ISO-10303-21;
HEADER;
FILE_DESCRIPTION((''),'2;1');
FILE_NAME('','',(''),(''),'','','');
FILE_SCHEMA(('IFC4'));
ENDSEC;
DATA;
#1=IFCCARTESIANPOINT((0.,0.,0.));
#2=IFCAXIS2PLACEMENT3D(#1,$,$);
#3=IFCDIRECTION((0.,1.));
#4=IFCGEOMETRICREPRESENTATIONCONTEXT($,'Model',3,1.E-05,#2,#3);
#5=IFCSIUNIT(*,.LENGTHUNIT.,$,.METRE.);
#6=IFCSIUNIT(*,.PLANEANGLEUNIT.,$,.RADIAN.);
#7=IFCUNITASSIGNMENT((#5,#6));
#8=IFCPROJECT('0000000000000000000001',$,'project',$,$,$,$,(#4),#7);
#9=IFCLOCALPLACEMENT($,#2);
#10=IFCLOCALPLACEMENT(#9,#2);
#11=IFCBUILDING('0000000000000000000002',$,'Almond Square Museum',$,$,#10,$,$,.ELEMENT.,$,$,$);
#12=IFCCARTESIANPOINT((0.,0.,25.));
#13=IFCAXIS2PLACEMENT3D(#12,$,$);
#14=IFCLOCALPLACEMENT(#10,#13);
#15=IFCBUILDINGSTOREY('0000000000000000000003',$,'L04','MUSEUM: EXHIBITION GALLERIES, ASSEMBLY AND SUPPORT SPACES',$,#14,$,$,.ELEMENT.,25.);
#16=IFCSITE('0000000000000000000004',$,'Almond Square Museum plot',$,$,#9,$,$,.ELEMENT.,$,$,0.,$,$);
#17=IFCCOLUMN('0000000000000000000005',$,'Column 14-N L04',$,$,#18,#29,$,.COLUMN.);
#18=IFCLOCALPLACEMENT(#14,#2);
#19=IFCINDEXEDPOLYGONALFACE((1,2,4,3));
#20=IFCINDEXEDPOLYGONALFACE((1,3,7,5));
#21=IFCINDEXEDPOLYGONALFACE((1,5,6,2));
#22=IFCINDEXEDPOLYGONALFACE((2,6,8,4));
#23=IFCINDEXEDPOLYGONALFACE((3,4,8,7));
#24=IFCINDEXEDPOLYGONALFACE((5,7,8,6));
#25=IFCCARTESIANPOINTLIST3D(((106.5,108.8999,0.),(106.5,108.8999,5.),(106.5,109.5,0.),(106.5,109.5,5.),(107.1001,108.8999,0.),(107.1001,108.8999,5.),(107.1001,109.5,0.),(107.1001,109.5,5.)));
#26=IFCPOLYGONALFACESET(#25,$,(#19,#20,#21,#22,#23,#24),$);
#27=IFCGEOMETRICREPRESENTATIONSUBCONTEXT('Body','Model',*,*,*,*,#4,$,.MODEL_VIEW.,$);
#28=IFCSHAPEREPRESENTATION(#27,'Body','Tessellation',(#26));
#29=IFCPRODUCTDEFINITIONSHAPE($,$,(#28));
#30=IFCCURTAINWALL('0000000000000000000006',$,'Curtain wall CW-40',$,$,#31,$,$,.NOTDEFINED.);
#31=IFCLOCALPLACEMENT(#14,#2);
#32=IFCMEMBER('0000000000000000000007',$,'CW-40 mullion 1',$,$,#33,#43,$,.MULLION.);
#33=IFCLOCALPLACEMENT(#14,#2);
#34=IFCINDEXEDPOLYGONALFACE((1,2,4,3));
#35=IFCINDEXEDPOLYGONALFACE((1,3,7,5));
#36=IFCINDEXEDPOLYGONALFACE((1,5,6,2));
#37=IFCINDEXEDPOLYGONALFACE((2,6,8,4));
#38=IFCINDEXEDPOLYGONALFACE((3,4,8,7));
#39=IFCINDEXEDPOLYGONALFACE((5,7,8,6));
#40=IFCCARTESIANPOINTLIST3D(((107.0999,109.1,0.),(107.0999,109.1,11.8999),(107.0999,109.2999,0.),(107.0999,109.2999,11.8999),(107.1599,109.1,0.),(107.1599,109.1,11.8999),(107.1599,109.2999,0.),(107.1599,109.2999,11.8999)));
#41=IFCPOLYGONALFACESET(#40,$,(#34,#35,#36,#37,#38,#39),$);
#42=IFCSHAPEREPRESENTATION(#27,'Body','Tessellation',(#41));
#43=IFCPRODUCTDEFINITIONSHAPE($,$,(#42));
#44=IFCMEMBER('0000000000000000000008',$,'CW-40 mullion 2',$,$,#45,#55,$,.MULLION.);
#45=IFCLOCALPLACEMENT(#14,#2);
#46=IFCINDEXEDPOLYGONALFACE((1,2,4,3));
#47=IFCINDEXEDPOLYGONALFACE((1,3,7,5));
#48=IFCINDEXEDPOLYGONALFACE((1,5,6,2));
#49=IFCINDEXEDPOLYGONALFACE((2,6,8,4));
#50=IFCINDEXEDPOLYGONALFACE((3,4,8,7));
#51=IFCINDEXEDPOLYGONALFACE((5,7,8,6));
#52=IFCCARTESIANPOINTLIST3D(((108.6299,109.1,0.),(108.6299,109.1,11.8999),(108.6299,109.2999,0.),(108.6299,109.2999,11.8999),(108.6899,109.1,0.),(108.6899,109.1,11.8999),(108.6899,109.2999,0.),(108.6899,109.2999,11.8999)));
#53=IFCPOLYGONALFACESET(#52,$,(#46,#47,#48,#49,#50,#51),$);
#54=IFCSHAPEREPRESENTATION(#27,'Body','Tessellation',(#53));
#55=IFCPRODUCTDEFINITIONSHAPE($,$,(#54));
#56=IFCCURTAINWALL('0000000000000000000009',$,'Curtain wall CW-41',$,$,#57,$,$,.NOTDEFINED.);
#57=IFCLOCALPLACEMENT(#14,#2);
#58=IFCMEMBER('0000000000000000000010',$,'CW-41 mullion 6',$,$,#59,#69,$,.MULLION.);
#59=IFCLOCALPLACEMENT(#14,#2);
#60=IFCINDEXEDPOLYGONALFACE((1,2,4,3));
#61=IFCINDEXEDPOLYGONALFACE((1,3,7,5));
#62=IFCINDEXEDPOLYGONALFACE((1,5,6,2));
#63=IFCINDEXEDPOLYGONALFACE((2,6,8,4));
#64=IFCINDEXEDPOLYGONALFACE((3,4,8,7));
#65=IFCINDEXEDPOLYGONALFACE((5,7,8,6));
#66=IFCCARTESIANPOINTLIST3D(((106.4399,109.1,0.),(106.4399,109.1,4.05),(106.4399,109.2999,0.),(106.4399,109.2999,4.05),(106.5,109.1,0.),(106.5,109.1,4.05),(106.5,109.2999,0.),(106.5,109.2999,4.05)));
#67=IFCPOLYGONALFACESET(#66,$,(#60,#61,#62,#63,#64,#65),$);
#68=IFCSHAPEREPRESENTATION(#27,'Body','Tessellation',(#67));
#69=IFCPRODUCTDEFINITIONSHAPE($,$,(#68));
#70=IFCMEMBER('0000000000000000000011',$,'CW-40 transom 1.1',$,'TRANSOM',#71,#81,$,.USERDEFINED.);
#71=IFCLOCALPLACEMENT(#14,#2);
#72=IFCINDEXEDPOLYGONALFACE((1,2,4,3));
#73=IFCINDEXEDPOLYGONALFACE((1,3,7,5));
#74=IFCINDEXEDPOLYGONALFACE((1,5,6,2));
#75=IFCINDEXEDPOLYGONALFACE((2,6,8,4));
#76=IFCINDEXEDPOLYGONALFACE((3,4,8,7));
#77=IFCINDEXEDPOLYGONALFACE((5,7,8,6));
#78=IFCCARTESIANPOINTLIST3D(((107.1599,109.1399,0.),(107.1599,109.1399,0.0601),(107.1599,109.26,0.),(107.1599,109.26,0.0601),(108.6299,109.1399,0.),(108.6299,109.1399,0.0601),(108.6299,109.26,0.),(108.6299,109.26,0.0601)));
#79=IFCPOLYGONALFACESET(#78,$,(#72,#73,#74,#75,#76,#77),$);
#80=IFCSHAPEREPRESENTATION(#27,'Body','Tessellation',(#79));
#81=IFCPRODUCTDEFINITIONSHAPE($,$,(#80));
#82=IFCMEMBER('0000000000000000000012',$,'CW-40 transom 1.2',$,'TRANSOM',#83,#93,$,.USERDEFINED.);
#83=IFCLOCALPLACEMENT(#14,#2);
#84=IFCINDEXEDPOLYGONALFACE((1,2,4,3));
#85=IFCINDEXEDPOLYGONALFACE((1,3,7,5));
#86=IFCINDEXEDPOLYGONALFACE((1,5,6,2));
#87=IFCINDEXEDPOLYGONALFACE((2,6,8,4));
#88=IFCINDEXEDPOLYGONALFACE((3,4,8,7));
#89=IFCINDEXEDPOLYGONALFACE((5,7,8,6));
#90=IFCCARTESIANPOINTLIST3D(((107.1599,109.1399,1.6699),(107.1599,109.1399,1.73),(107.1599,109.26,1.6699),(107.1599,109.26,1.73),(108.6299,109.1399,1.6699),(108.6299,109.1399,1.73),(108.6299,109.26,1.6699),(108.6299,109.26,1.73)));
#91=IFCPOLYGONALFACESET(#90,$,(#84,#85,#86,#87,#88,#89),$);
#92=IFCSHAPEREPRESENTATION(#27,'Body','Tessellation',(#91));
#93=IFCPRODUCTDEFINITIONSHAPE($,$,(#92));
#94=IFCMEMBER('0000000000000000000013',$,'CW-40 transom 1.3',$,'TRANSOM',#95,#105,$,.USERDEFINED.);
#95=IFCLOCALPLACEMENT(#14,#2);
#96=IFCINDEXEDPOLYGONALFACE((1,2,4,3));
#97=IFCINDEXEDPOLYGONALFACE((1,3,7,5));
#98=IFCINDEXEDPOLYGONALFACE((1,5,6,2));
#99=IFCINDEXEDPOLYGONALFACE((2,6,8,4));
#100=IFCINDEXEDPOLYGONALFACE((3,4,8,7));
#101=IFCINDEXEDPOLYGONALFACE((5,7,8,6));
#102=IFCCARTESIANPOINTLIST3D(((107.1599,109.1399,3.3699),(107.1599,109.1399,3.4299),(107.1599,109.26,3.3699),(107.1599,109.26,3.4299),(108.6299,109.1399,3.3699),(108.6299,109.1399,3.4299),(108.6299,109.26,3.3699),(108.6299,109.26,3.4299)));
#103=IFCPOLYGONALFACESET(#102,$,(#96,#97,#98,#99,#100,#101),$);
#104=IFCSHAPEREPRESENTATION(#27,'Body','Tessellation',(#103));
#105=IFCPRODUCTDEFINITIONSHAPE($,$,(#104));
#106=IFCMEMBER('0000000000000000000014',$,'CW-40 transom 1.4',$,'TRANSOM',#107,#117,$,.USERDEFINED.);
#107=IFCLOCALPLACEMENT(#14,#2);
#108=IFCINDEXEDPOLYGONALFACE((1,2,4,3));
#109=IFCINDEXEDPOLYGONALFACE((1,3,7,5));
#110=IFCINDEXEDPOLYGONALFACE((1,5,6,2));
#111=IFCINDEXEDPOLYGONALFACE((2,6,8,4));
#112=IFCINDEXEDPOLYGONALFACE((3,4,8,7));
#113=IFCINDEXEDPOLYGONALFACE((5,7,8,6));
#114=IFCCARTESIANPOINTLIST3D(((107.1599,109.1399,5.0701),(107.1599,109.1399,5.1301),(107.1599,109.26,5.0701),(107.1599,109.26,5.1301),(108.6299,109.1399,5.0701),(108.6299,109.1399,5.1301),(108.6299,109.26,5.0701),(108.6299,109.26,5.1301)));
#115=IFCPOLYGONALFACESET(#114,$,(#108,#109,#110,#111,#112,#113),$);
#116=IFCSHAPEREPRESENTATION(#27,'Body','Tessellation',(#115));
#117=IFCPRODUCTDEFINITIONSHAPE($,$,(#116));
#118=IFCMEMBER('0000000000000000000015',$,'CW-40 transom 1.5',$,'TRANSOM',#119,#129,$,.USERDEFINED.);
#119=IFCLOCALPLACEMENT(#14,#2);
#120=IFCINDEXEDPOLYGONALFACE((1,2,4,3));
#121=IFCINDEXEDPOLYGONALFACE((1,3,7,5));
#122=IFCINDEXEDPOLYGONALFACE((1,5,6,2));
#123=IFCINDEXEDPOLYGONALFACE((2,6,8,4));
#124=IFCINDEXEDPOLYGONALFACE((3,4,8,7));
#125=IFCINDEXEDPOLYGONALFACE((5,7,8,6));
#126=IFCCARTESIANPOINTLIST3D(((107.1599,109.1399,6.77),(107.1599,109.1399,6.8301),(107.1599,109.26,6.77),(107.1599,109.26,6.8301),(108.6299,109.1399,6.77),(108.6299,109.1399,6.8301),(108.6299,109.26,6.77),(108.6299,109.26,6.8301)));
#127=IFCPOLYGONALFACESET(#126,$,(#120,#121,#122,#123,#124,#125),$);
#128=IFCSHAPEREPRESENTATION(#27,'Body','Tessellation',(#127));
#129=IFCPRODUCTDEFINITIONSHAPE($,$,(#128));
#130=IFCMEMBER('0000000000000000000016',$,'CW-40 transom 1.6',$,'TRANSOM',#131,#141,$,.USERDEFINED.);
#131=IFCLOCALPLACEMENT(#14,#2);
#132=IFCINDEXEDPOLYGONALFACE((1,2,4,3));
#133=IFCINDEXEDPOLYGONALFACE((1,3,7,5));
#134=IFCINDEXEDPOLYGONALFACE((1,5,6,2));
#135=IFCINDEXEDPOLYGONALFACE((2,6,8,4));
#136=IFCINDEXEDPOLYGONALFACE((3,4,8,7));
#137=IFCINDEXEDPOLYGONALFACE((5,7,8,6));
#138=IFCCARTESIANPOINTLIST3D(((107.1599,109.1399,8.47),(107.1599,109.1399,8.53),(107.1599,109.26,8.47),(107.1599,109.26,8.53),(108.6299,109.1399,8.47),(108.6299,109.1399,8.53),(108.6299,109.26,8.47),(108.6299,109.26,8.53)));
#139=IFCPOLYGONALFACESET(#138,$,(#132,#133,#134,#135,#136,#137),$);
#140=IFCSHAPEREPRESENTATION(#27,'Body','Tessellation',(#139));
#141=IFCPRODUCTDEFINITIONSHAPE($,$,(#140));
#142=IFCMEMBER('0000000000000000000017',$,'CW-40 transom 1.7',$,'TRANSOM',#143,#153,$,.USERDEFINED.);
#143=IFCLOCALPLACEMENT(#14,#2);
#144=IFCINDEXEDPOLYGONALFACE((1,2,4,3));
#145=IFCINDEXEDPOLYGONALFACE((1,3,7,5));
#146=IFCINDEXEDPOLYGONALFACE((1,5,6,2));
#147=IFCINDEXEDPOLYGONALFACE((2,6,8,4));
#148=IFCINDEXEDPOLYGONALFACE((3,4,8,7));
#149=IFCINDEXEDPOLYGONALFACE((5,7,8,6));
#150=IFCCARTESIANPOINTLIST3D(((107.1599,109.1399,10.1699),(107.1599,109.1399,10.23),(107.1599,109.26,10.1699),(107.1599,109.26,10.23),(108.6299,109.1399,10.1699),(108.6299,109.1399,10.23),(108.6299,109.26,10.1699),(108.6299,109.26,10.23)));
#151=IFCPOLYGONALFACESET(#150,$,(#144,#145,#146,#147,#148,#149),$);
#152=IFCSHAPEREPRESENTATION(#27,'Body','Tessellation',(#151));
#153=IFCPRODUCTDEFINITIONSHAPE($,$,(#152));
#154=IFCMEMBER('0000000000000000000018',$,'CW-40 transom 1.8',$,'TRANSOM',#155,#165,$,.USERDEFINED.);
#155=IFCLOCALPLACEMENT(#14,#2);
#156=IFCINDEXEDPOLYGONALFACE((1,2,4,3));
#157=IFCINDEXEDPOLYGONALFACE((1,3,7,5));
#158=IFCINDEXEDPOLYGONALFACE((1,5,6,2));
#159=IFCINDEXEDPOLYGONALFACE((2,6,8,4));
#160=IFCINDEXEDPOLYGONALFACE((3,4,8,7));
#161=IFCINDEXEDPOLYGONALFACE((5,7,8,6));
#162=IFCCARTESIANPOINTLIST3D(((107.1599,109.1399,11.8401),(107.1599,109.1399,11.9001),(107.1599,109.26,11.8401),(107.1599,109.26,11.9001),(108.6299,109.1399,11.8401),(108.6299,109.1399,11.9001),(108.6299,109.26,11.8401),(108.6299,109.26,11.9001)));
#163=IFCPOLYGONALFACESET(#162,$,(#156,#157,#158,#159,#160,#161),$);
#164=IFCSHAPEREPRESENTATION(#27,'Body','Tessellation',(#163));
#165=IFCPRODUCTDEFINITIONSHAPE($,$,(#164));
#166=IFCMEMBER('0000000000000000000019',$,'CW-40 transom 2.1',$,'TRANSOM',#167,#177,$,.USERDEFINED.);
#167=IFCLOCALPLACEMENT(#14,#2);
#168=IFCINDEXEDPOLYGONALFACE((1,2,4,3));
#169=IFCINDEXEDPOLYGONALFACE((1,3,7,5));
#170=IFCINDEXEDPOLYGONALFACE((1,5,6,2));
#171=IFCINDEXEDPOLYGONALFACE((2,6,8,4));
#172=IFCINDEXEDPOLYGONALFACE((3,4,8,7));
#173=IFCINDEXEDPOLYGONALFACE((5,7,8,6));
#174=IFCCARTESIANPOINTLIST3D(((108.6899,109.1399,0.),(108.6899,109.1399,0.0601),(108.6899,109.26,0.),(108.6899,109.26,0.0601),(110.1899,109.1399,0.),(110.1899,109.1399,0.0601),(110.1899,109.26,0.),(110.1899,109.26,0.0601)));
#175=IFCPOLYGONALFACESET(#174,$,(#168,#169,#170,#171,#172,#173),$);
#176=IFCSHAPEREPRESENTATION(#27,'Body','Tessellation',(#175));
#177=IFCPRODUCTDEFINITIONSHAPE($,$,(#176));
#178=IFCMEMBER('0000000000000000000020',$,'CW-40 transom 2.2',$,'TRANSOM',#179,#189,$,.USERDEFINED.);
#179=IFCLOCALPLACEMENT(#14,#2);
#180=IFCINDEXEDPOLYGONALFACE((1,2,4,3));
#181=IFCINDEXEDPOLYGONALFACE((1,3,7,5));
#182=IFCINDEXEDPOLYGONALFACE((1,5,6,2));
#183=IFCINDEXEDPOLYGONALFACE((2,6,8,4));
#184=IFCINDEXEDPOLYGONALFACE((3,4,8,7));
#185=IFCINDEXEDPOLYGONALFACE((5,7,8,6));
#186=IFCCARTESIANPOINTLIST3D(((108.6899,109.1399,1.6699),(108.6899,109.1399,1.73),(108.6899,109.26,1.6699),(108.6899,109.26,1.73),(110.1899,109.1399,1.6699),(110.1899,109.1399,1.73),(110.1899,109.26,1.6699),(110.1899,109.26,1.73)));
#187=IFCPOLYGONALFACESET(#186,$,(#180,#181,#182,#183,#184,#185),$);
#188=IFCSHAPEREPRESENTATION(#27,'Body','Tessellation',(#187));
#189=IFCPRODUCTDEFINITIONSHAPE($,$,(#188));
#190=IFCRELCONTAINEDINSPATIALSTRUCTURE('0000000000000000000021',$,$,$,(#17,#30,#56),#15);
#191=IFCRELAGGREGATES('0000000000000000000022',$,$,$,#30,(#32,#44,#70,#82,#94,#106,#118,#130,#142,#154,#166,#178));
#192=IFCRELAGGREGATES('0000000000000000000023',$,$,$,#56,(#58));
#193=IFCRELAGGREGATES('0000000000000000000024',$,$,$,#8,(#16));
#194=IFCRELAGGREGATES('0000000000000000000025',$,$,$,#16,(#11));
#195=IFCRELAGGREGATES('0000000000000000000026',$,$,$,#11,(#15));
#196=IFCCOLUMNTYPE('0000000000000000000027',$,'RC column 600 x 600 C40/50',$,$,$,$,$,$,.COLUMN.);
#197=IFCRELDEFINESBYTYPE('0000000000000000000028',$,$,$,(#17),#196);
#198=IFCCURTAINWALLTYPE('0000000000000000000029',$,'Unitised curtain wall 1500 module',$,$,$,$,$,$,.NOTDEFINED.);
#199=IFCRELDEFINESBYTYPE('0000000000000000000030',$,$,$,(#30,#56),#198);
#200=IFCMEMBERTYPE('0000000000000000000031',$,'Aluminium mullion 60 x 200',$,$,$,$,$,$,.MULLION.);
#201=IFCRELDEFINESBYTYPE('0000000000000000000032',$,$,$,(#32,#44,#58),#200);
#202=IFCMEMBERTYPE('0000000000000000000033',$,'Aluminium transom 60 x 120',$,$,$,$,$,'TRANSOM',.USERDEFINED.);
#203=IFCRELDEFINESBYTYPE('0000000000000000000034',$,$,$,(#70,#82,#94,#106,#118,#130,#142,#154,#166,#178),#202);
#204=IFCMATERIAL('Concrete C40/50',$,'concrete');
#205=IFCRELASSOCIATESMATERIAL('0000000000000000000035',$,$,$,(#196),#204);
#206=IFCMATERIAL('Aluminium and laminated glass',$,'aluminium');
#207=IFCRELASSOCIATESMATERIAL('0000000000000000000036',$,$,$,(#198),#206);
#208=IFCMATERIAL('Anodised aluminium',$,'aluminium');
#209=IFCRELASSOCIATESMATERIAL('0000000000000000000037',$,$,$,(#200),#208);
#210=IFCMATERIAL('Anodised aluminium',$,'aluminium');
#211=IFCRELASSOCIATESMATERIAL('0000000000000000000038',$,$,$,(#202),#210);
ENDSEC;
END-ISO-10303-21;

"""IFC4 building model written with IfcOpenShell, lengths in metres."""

from ifc_helpers import new_model, si_unit, direction, frame, origin, origin_2d, place, context, subcontext, project, spatial, rectangle, extrude, material, material_profile, profile_set, type_object, element, aggregate, save


model = new_model("IFC4")

# Units and contexts
model_context = context("Model", 3, precision=1e-05, world=origin(), true_north=direction((0.0, 1.0)))
body_context = subcontext(model_context, "Body", "Model", "MODEL_VIEW")
ifc_project = project(units=[si_unit("LENGTHUNIT", "METRE"), si_unit("PLANEANGLEUNIT", "RADIAN")], contexts=[model_context])

# Site, building, storey
site_placement = place(None, origin())
site = spatial("IfcSite", under=ifc_project, at=site_placement, Name="Almond Square Museum plot", CompositionType="ELEMENT", RefElevation=0.0)
building_placement = place(site_placement, origin())
building = spatial("IfcBuilding", under=site, at=building_placement, Name="Almond Square Museum", CompositionType="ELEMENT")
storey_placement = place(building_placement, frame((0.0, 0.0, 25.0)))
storey = spatial("IfcBuildingStorey", under=building, at=storey_placement, Name="L04", Description="MUSEUM: EXHIBITION GALLERIES, ASSEMBLY AND SUPPORT SPACES", CompositionType="ELEMENT", Elevation=25.0)

# Column
ifc_material_1 = material(Name="Concrete C40/50", Category="concrete")
ifc_material_profile_1 = material_profile(ifc_material_1, rectangle(XDim=0.6001, YDim=0.6001, at=origin_2d()))
ifc_profile_set_1 = profile_set([ifc_material_profile_1], Name="Concrete C40/50")
column_type = type_object("IfcColumnType", Name="RC column 600 x 600 C40/50", PredefinedType="COLUMN", material=ifc_profile_set_1)
column_placement = place(storey_placement, frame((106.8, 109.2, 0.0), z_axis=(0.0, 0.0, 1.0), x_axis=(1.0, 0.0, 0.0)))
element("IfcColumn", 1, at=column_placement, inside=storey, type_object=column_type, Name="Column 14-N L04", PredefinedType="COLUMN", context=body_context, shape_type="SweptSolid", body=[
    extrude(rectangle(XDim=0.6001, YDim=0.6001, at=origin_2d()), origin(), (0.0, 0.0, 1.0), 5.0),
])

# Curtain wall, members
ifc_material_2 = material(Name="Aluminium and laminated glass", Category="aluminium")
curtain_wall_type = type_object("IfcCurtainWallType", Name="Unitised curtain wall 1500 module", PredefinedType="NOTDEFINED", material=ifc_material_2)
curtain_wall_1_placement = place(storey_placement, origin())
curtain_wall_1 = element("IfcCurtainWall", 2, at=curtain_wall_1_placement, inside=storey, type_object=curtain_wall_type, Name="Curtain wall CW-40", PredefinedType="NOTDEFINED")
ifc_material_3 = material(Name="Anodised aluminium", Category="aluminium")
ifc_material_profile_2 = material_profile(ifc_material_3, rectangle(XDim=0.2, YDim=0.0601, at=origin_2d()))
ifc_profile_set_2 = profile_set([ifc_material_profile_2], Name="Anodised aluminium")
member_type_1 = type_object("IfcMemberType", Name="Aluminium mullion 60 x 200", PredefinedType="MULLION", material=ifc_profile_set_2)
member_1_placement = place(storey_placement, frame((107.1299, 109.2, 0.0), z_axis=(0.0, 0.0, 1.0), x_axis=(0.0, 1.0, 0.0)))
member_1 = element("IfcMember", 3, at=member_1_placement, type_object=member_type_1, Name="CW-40 mullion 1", PredefinedType="MULLION", context=body_context, shape_type="SweptSolid", body=[
    extrude(rectangle(XDim=0.2, YDim=0.0601, at=origin_2d()), origin(), (0.0, 0.0, 1.0), 11.8999),
])
member_2_placement = place(storey_placement, frame((108.6599, 109.2, 0.0), z_axis=(0.0, 0.0, 1.0), x_axis=(0.0, 1.0, 0.0)))
member_2 = element("IfcMember", 4, at=member_2_placement, type_object=member_type_1, Name="CW-40 mullion 2", PredefinedType="MULLION", context=body_context, shape_type="SweptSolid", body=[
    extrude(rectangle(XDim=0.2, YDim=0.0601, at=origin_2d()), origin(), (0.0, 0.0, 1.0), 11.8999),
])

# Curtain wall, member
curtain_wall_2_placement = place(storey_placement, origin())
curtain_wall_2 = element("IfcCurtainWall", 5, at=curtain_wall_2_placement, inside=storey, type_object=curtain_wall_type, Name="Curtain wall CW-41", PredefinedType="NOTDEFINED")
member_3_placement = place(storey_placement, frame((106.47, 109.2, 0.0), z_axis=(0.0, 0.0, 1.0), x_axis=(0.0, 1.0, 0.0)))
member_3 = element("IfcMember", 6, at=member_3_placement, type_object=member_type_1, Name="CW-41 mullion 6", PredefinedType="MULLION", context=body_context, shape_type="SweptSolid", body=[
    extrude(rectangle(XDim=0.2, YDim=0.0601, at=origin_2d()), origin(), (0.0, 0.0, 1.0), 4.05),
])

# Members
ifc_material_4 = material(Name="Anodised aluminium", Category="aluminium")
ifc_material_profile_3 = material_profile(ifc_material_4, rectangle(XDim=0.1201, YDim=0.0601, at=origin_2d()))
ifc_profile_set_3 = profile_set([ifc_material_profile_3], Name="Anodised aluminium")
member_type_2 = type_object("IfcMemberType", Name="Aluminium transom 60 x 120", ElementType="TRANSOM", PredefinedType="USERDEFINED", material=ifc_profile_set_3)
member_4_placement = place(storey_placement, frame((107.1599, 109.2, 0.03), z_axis=(1.0, 0.0, 0.0), x_axis=(0.0, 1.0, 0.0)))
member_4 = element("IfcMember", 7, at=member_4_placement, type_object=member_type_2, Name="CW-40 transom 1.1", ObjectType="TRANSOM", PredefinedType="USERDEFINED", context=body_context, shape_type="SweptSolid", body=[
    extrude(rectangle(XDim=0.1201, YDim=0.0601, at=origin_2d()), origin(), (0.0, 0.0, 1.0), 1.47),
])
member_5_placement = place(storey_placement, frame((107.1599, 109.2, 1.7), z_axis=(1.0, 0.0, 0.0), x_axis=(0.0, 1.0, 0.0)))
member_5 = element("IfcMember", 8, at=member_5_placement, type_object=member_type_2, Name="CW-40 transom 1.2", ObjectType="TRANSOM", PredefinedType="USERDEFINED", context=body_context, shape_type="SweptSolid", body=[
    extrude(rectangle(XDim=0.1201, YDim=0.0601, at=origin_2d()), origin(), (0.0, 0.0, 1.0), 1.47),
])
member_6_placement = place(storey_placement, frame((107.1599, 109.2, 3.3999), z_axis=(1.0, 0.0, 0.0), x_axis=(0.0, 1.0, 0.0)))
member_6 = element("IfcMember", 9, at=member_6_placement, type_object=member_type_2, Name="CW-40 transom 1.3", ObjectType="TRANSOM", PredefinedType="USERDEFINED", context=body_context, shape_type="SweptSolid", body=[
    extrude(rectangle(XDim=0.1201, YDim=0.0601, at=origin_2d()), origin(), (0.0, 0.0, 1.0), 1.47),
])
member_7_placement = place(storey_placement, frame((107.1599, 109.2, 5.1001), z_axis=(1.0, 0.0, 0.0), x_axis=(0.0, 1.0, 0.0)))
member_7 = element("IfcMember", 10, at=member_7_placement, type_object=member_type_2, Name="CW-40 transom 1.4", ObjectType="TRANSOM", PredefinedType="USERDEFINED", context=body_context, shape_type="SweptSolid", body=[
    extrude(rectangle(XDim=0.1201, YDim=0.0601, at=origin_2d()), origin(), (0.0, 0.0, 1.0), 1.47),
])
member_8_placement = place(storey_placement, frame((107.1599, 109.2, 6.8), z_axis=(1.0, 0.0, 0.0), x_axis=(0.0, 1.0, 0.0)))
member_8 = element("IfcMember", 11, at=member_8_placement, type_object=member_type_2, Name="CW-40 transom 1.5", ObjectType="TRANSOM", PredefinedType="USERDEFINED", context=body_context, shape_type="SweptSolid", body=[
    extrude(rectangle(XDim=0.1201, YDim=0.0601, at=origin_2d()), origin(), (0.0, 0.0, 1.0), 1.47),
])
member_9_placement = place(storey_placement, frame((107.1599, 109.2, 8.5), z_axis=(1.0, 0.0, 0.0), x_axis=(0.0, 1.0, 0.0)))
member_9 = element("IfcMember", 12, at=member_9_placement, type_object=member_type_2, Name="CW-40 transom 1.6", ObjectType="TRANSOM", PredefinedType="USERDEFINED", context=body_context, shape_type="SweptSolid", body=[
    extrude(rectangle(XDim=0.1201, YDim=0.0601, at=origin_2d()), origin(), (0.0, 0.0, 1.0), 1.47),
])
member_10_placement = place(storey_placement, frame((107.1599, 109.2, 10.2), z_axis=(1.0, 0.0, 0.0), x_axis=(0.0, 1.0, 0.0)))
member_10 = element("IfcMember", 13, at=member_10_placement, type_object=member_type_2, Name="CW-40 transom 1.7", ObjectType="TRANSOM", PredefinedType="USERDEFINED", context=body_context, shape_type="SweptSolid", body=[
    extrude(rectangle(XDim=0.1201, YDim=0.0601, at=origin_2d()), origin(), (0.0, 0.0, 1.0), 1.47),
])
member_11_placement = place(storey_placement, frame((107.1599, 109.2, 11.8701), z_axis=(1.0, 0.0, 0.0), x_axis=(0.0, 1.0, 0.0)))
member_11 = element("IfcMember", 14, at=member_11_placement, type_object=member_type_2, Name="CW-40 transom 1.8", ObjectType="TRANSOM", PredefinedType="USERDEFINED", context=body_context, shape_type="SweptSolid", body=[
    extrude(rectangle(XDim=0.1201, YDim=0.0601, at=origin_2d()), origin(), (0.0, 0.0, 1.0), 1.47),
])
member_12_placement = place(storey_placement, frame((108.6899, 109.2, 0.03), z_axis=(1.0, 0.0, 0.0), x_axis=(0.0, 1.0, 0.0)))
member_12 = element("IfcMember", 15, at=member_12_placement, type_object=member_type_2, Name="CW-40 transom 2.1", ObjectType="TRANSOM", PredefinedType="USERDEFINED", context=body_context, shape_type="SweptSolid", body=[
    extrude(rectangle(XDim=0.1201, YDim=0.0601, at=origin_2d()), origin(), (0.0, 0.0, 1.0), 1.5),
])
member_13_placement = place(storey_placement, frame((108.6899, 109.2, 1.7), z_axis=(1.0, 0.0, 0.0), x_axis=(0.0, 1.0, 0.0)))
member_13 = element("IfcMember", 16, at=member_13_placement, type_object=member_type_2, Name="CW-40 transom 2.2", ObjectType="TRANSOM", PredefinedType="USERDEFINED", context=body_context, shape_type="SweptSolid", body=[
    extrude(rectangle(XDim=0.1201, YDim=0.0601, at=origin_2d()), origin(), (0.0, 0.0, 1.0), 1.5),
])

aggregate(curtain_wall_1, [member_1, member_2, member_4, member_5, member_6, member_7, member_8, member_9, member_10, member_11, member_12, member_13])
aggregate(curtain_wall_2, [member_3])

save(model, "model.ifc")
